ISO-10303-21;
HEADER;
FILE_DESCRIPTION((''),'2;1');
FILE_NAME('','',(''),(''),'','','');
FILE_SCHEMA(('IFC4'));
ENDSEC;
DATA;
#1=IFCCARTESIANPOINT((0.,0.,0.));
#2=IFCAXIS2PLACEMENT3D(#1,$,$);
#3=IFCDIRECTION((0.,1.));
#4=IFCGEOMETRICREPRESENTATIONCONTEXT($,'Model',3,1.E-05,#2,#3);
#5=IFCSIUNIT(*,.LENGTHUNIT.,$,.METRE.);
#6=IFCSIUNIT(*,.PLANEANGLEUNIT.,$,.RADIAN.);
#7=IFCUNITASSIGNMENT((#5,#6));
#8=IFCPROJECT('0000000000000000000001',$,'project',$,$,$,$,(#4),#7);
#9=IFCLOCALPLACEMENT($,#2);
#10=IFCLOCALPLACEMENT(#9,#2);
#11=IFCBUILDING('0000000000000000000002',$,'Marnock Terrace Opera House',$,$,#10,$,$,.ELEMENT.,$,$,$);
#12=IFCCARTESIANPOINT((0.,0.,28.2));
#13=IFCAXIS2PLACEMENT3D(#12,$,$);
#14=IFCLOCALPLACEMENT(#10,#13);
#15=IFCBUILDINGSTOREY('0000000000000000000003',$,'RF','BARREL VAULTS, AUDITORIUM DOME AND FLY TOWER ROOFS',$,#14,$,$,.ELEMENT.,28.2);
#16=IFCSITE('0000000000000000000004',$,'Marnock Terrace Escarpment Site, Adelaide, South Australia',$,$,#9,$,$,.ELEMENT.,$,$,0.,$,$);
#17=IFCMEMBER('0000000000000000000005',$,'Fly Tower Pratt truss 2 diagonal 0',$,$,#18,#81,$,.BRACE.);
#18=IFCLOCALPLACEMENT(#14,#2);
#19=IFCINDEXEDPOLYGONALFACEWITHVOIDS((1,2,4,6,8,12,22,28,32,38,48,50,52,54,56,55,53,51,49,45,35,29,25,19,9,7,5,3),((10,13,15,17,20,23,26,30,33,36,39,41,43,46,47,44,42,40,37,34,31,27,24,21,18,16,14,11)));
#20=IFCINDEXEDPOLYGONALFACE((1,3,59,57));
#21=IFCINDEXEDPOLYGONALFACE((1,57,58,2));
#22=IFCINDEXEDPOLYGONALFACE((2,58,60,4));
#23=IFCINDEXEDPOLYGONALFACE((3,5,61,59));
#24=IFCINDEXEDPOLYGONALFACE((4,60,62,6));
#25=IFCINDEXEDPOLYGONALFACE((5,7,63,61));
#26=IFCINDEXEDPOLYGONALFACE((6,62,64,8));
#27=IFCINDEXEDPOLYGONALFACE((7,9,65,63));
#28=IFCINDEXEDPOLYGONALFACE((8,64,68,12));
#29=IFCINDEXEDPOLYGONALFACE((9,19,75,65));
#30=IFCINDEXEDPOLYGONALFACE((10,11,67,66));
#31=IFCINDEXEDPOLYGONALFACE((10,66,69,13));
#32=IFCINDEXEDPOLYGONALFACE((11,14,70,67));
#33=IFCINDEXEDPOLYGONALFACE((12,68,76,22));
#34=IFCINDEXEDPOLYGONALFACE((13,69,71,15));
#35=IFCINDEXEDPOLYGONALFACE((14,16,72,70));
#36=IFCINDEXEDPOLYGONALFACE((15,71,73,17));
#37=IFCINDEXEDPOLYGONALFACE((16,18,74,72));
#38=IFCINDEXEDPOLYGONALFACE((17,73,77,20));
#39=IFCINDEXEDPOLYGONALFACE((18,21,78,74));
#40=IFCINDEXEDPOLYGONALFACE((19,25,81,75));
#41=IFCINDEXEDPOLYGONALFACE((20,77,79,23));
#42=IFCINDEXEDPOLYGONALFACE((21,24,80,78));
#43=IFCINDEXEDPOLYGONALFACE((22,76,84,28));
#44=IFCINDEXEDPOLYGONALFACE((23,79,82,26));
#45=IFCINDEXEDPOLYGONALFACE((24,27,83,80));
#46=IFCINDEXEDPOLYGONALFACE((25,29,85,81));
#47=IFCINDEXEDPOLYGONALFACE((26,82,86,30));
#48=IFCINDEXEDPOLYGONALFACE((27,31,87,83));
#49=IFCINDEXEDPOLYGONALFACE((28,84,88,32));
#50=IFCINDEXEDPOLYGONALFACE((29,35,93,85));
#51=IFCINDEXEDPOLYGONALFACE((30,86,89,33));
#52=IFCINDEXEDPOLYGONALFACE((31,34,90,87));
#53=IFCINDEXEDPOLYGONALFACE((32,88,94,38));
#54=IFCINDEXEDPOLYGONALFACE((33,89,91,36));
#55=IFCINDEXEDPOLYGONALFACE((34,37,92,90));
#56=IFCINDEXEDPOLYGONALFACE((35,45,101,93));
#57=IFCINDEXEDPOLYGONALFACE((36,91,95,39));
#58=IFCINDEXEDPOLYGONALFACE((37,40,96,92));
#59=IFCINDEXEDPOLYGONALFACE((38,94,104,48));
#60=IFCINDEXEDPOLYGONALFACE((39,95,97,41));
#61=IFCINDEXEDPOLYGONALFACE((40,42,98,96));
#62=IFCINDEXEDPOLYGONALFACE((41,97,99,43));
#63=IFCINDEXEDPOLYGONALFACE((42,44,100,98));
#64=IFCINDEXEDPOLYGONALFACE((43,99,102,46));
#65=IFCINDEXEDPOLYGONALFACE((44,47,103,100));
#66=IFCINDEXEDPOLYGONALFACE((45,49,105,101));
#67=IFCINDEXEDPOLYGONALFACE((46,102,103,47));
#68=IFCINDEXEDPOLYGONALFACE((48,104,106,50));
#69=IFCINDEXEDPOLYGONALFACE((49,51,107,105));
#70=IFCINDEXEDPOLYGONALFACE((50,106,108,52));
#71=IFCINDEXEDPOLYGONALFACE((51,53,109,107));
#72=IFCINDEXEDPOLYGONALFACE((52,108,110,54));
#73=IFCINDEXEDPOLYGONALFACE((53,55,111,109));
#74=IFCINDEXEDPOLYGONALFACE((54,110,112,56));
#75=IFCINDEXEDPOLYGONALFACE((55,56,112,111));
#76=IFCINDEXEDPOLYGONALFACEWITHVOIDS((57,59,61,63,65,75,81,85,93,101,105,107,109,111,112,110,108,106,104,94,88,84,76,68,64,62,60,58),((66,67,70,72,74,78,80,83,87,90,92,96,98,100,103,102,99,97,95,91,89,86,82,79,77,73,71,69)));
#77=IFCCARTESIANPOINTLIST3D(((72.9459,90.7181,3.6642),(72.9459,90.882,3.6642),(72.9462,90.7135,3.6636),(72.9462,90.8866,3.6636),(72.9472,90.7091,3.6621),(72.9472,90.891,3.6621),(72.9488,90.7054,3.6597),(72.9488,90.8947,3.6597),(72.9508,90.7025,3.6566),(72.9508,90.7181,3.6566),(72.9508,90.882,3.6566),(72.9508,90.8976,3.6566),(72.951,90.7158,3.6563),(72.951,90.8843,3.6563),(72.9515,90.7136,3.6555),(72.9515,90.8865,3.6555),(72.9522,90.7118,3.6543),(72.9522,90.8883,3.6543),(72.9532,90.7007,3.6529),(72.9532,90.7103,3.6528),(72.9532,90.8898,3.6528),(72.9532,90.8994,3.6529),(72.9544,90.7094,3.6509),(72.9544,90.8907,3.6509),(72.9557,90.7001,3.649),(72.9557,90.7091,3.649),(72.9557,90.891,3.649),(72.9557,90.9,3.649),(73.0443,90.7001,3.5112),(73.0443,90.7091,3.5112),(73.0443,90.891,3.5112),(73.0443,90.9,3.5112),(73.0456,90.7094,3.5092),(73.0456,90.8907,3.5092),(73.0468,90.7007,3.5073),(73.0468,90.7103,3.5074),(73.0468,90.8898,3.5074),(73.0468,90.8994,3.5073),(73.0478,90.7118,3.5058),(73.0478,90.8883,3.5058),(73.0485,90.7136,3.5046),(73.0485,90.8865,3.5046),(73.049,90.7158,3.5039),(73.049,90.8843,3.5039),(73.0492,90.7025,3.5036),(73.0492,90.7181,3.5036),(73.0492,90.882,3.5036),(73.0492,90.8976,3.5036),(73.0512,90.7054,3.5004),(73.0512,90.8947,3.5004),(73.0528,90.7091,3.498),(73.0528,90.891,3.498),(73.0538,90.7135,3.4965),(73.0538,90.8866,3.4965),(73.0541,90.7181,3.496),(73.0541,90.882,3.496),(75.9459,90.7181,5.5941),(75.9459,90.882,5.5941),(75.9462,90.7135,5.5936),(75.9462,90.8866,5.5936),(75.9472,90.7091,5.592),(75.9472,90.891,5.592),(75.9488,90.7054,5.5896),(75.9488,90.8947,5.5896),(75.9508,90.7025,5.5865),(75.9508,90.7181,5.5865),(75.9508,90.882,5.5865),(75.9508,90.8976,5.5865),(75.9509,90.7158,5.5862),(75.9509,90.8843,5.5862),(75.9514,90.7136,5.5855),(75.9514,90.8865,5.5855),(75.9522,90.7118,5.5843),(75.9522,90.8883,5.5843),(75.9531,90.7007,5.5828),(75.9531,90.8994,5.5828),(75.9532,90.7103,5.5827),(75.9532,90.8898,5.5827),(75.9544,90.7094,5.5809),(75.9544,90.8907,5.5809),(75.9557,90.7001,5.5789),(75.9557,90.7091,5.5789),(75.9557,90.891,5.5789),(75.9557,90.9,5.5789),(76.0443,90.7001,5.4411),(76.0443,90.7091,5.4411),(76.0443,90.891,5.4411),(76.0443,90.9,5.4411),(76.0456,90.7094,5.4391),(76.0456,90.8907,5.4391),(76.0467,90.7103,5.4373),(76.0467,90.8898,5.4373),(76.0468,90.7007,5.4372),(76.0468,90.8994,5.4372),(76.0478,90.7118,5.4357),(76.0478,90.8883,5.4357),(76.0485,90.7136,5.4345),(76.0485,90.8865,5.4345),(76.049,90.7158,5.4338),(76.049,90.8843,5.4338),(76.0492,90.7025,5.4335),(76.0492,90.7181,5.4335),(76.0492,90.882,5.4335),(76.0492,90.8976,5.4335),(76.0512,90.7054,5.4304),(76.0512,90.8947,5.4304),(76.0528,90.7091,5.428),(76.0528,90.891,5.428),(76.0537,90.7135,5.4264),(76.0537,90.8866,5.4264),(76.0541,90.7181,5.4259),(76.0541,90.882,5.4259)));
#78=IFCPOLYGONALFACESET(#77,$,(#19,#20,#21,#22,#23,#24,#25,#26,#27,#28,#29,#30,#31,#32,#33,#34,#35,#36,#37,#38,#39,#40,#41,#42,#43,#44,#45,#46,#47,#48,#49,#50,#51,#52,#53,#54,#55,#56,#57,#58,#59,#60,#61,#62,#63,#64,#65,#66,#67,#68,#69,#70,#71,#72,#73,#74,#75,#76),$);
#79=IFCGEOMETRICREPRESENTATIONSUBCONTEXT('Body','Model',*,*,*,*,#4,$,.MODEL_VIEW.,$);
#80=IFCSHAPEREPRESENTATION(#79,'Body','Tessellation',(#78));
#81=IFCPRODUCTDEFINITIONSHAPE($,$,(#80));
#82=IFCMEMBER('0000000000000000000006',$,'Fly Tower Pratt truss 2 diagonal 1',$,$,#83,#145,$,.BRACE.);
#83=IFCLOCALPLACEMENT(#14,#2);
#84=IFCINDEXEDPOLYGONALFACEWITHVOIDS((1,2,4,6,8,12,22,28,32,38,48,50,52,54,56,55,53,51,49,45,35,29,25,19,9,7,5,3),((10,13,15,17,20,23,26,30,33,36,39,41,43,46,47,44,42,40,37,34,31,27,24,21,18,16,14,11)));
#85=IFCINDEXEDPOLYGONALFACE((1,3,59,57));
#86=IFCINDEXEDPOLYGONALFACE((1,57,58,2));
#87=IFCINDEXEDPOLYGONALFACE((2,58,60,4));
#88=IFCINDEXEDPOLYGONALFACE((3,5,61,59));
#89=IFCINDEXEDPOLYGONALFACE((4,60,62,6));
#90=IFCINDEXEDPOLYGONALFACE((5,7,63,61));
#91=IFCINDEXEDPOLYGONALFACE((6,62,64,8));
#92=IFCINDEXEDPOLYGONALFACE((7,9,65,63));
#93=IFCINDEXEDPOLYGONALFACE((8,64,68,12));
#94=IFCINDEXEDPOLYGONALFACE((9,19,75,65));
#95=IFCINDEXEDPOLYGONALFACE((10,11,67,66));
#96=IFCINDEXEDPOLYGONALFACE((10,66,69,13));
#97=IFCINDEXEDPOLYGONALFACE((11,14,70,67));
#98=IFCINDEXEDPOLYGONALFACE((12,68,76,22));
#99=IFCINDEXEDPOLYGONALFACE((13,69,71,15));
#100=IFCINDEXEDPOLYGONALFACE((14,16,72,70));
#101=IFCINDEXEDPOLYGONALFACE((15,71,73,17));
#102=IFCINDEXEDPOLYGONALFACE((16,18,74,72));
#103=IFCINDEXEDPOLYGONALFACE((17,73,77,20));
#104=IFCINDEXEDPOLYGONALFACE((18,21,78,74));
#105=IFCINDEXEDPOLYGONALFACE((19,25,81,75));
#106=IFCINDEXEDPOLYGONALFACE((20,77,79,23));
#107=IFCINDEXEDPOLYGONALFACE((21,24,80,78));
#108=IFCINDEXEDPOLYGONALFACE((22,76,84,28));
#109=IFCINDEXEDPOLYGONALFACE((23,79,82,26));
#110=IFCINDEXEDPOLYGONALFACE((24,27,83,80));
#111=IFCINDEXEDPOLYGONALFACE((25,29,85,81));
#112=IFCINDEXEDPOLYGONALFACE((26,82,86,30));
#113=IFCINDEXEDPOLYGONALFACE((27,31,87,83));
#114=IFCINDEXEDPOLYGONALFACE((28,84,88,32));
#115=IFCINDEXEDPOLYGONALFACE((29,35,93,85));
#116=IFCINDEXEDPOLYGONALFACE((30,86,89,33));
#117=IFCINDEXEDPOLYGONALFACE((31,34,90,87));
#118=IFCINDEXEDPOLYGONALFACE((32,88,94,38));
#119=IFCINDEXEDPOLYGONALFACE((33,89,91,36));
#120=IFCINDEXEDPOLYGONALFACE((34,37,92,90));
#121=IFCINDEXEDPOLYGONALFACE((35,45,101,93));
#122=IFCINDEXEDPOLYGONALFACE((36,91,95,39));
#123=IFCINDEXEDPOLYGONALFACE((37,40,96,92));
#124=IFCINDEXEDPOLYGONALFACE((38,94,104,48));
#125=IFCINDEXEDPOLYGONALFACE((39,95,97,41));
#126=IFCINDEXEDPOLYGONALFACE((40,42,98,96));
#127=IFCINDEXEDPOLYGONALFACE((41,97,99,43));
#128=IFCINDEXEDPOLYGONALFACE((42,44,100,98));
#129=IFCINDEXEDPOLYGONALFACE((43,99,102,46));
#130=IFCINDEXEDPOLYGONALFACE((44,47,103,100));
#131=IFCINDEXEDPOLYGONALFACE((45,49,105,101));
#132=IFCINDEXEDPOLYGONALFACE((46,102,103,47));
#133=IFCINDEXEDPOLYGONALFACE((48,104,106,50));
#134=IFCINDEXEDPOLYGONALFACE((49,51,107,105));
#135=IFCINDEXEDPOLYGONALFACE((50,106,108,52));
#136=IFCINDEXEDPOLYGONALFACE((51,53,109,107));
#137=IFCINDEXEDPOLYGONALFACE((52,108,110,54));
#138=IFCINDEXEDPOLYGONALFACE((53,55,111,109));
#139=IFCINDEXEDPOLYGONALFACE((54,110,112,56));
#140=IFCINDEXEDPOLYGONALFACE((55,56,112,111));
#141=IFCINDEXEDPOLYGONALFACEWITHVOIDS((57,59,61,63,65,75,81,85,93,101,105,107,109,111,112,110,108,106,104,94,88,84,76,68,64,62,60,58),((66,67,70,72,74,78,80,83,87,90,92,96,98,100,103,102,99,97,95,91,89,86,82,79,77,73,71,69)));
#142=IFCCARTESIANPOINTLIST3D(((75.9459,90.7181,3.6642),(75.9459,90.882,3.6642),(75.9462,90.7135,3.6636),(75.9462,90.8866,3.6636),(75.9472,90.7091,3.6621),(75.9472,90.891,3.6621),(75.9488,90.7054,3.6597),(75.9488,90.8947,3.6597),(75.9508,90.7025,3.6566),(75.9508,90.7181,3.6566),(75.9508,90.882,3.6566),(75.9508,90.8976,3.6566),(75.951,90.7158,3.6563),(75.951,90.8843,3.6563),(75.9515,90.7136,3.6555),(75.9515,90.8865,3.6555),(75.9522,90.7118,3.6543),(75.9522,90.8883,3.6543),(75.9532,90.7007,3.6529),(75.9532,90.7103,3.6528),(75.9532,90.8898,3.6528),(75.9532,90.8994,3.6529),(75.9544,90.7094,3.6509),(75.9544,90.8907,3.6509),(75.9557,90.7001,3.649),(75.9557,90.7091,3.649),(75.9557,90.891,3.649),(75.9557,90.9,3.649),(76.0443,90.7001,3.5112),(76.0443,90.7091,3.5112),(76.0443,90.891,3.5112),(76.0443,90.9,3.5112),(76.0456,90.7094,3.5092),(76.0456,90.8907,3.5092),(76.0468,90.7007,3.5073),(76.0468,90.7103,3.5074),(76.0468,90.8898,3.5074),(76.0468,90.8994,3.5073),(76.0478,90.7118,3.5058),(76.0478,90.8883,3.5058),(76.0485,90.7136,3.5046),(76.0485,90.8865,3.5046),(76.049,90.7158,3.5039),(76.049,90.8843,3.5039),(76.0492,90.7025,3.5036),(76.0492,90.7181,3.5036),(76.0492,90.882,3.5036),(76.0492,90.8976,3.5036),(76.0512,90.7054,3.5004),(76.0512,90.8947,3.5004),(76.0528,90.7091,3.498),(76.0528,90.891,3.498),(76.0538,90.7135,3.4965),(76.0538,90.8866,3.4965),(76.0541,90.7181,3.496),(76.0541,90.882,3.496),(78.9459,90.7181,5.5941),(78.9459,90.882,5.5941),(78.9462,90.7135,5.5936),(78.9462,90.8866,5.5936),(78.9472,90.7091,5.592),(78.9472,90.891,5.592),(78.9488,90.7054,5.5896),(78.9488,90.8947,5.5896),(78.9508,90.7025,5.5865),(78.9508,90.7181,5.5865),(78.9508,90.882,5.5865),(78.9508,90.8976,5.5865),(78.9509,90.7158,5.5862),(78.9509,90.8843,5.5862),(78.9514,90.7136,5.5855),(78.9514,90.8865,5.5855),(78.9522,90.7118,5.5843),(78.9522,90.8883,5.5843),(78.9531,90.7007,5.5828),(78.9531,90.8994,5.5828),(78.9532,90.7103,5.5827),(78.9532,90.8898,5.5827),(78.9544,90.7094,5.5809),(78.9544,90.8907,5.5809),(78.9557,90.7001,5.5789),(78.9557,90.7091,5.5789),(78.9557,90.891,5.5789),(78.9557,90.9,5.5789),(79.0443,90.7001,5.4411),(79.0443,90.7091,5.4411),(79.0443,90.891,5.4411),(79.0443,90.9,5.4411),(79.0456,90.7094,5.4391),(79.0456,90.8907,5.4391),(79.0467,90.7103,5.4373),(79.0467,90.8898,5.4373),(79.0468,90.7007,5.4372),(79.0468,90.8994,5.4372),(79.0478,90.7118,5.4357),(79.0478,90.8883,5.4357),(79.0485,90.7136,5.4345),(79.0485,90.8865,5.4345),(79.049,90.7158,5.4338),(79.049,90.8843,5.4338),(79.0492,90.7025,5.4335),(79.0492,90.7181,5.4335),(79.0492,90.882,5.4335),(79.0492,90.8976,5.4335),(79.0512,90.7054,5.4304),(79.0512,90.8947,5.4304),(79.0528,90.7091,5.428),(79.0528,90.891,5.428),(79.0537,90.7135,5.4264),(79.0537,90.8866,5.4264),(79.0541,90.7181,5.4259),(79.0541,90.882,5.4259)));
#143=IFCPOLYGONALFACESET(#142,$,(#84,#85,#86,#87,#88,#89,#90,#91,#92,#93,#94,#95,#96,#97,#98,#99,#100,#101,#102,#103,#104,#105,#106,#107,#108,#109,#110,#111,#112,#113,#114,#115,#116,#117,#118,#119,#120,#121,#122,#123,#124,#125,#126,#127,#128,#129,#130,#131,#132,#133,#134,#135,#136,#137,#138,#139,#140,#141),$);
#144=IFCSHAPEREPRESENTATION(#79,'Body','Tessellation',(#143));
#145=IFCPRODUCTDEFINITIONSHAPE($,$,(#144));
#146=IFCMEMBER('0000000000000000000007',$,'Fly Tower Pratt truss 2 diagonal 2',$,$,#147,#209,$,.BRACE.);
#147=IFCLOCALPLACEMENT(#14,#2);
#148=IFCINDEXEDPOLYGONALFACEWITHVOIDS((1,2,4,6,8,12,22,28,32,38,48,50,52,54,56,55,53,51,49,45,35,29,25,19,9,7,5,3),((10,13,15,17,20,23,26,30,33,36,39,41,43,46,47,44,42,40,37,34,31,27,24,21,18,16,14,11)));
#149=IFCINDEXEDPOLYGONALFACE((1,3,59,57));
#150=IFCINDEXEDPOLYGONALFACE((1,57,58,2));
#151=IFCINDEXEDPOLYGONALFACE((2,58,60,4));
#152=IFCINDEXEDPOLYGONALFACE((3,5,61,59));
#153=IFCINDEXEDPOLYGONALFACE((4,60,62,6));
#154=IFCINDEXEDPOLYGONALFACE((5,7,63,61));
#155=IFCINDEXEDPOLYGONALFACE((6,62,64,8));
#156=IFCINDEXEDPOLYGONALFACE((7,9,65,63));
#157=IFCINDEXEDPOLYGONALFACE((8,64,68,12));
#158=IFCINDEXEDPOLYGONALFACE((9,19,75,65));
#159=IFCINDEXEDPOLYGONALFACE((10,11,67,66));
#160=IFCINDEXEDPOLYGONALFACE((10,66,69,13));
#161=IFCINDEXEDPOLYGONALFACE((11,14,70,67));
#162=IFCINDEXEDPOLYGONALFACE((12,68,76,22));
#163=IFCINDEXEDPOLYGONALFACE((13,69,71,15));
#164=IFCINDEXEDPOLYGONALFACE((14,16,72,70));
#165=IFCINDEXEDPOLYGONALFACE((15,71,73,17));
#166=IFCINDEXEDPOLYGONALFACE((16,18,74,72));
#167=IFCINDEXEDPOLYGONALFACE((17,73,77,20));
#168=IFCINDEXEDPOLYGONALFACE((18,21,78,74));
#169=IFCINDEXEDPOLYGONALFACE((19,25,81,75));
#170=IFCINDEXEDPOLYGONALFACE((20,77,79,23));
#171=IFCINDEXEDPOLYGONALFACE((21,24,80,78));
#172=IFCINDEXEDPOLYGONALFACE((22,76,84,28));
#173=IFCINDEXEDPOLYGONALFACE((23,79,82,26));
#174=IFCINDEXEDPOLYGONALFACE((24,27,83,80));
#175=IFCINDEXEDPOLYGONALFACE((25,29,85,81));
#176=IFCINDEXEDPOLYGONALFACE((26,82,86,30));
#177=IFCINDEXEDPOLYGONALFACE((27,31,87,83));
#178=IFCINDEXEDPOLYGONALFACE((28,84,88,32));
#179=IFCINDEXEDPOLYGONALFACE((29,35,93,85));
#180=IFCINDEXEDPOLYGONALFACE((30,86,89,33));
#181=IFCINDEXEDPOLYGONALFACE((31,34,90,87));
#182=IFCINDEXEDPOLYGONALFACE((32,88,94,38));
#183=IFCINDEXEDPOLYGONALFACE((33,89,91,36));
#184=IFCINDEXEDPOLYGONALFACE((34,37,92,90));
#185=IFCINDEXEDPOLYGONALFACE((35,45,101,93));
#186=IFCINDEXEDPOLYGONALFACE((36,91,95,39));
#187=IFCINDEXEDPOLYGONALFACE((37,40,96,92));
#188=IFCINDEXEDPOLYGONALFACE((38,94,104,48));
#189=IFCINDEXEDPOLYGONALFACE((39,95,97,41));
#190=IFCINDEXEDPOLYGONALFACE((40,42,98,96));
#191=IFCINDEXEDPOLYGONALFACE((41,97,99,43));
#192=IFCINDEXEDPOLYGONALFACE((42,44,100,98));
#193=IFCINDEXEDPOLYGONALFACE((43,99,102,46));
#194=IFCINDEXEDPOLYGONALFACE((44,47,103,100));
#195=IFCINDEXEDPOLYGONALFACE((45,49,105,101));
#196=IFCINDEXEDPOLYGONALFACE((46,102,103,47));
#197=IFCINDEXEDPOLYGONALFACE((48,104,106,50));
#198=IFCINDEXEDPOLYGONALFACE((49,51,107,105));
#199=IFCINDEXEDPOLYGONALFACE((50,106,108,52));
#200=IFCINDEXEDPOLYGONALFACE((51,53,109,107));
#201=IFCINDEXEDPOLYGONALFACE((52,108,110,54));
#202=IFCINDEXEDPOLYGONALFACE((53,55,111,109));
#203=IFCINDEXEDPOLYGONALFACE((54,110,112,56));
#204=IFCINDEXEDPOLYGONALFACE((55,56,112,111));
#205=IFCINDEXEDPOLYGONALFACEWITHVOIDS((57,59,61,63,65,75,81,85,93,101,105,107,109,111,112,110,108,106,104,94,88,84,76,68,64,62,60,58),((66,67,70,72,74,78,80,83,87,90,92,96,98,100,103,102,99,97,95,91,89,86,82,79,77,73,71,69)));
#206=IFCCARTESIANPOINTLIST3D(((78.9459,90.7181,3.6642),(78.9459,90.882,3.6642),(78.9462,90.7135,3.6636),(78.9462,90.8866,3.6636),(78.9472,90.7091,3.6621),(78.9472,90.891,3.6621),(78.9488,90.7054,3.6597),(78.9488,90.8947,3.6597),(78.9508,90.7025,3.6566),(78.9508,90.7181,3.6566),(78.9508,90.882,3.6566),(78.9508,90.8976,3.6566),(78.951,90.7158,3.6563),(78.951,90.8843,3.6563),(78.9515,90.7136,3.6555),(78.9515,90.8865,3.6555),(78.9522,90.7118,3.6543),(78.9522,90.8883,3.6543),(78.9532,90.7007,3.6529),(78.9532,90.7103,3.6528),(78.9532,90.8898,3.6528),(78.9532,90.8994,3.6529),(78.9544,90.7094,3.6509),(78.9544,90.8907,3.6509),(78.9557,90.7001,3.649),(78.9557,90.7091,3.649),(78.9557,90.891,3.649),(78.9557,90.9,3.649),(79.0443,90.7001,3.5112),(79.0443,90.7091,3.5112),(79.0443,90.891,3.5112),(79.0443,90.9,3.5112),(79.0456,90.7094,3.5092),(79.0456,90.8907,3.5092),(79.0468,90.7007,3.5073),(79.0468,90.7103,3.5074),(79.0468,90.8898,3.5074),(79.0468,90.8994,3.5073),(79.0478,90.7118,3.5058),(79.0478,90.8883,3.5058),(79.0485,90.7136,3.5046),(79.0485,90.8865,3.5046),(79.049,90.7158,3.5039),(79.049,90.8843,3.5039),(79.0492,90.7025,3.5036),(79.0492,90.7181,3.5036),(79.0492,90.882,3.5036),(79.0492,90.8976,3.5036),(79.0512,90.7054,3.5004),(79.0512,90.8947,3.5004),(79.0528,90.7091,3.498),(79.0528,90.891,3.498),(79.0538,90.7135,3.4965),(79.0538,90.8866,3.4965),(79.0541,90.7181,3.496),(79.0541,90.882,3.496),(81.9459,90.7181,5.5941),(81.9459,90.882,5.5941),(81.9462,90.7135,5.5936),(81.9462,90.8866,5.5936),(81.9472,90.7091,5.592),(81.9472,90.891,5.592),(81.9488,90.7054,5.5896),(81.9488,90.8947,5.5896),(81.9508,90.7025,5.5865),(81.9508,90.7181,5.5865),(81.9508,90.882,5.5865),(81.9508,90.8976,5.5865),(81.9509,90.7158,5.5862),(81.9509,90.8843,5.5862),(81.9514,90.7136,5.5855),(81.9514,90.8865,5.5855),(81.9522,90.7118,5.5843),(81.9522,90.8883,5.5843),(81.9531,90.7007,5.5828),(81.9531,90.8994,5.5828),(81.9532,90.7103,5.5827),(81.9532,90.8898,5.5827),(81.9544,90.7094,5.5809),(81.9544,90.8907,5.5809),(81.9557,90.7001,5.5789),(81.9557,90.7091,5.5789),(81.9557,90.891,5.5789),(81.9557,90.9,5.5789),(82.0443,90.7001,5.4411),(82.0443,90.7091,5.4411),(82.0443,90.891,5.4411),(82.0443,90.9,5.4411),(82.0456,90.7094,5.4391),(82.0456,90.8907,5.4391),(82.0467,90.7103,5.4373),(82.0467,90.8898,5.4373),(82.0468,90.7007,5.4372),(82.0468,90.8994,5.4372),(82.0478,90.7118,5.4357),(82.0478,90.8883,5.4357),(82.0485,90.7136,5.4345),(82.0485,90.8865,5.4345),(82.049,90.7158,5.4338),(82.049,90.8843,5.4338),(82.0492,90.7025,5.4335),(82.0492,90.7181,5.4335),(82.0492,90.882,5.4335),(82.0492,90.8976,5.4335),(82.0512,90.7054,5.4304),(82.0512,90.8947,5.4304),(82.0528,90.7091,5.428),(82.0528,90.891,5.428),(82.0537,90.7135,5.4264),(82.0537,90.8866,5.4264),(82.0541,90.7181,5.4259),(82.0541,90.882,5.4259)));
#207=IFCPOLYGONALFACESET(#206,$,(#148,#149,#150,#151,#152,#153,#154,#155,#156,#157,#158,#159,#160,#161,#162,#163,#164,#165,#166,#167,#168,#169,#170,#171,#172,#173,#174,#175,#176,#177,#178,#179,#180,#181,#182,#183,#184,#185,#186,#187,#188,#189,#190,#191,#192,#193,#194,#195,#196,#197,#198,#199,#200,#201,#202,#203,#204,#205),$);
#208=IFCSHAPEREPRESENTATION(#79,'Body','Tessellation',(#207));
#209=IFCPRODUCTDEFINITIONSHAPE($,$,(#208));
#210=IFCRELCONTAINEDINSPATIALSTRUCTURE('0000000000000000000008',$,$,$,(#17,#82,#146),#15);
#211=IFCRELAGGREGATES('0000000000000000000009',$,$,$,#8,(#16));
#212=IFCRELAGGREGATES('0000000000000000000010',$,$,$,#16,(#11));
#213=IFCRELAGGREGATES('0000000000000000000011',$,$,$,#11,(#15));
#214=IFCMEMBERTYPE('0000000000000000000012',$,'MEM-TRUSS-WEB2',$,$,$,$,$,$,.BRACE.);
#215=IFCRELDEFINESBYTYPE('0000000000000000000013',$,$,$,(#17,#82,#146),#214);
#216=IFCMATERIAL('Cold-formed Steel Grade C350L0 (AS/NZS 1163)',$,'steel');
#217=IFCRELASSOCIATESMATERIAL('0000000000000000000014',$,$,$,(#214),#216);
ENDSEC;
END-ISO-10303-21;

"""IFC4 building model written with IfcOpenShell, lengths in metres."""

from ifc_helpers import new_model, si_unit, direction, frame, origin, origin_2d, place, context, subcontext, project, spatial, hollow_rectangle, extrude, material, material_profile, profile_set, type_object, element, save


model = new_model("IFC4")

# Units and contexts
model_context = context("Model", 3, precision=1e-05, world=origin(), true_north=direction((0.0, 1.0)))
body_context = subcontext(model_context, "Body", "Model", "MODEL_VIEW")
ifc_project = project(units=[si_unit("LENGTHUNIT", "METRE"), si_unit("PLANEANGLEUNIT", "RADIAN")], contexts=[model_context])

# Site, building, storey
site_placement = place(None, origin())
site = spatial("IfcSite", under=ifc_project, at=site_placement, Name="Marnock Terrace Escarpment Site, Adelaide, South Australia", CompositionType="ELEMENT", RefElevation=0.0)
building_placement = place(site_placement, origin())
building = spatial("IfcBuilding", under=site, at=building_placement, Name="Marnock Terrace Opera House", CompositionType="ELEMENT")
storey_placement = place(building_placement, frame((0.0, 0.0, 28.2)))
storey = spatial("IfcBuildingStorey", under=building, at=storey_placement, Name="RF", Description="BARREL VAULTS, AUDITORIUM DOME AND FLY TOWER ROOFS", CompositionType="ELEMENT", Elevation=28.2)

# Members
ifc_material_1 = material(Name="Cold-formed Steel Grade C350L0 (AS/NZS 1163)", Category="steel")
ifc_material_profile_1 = material_profile(ifc_material_1, hollow_rectangle(XDim=0.2, YDim=0.2, WallThickness=0.009, InnerFilletRadius=0.009, OuterFilletRadius=0.0181, at=origin_2d()))
ifc_profile_set_1 = profile_set([ifc_material_profile_1], Name="Cold-formed Steel Grade C350L0 (AS/NZS 1163)")
member_type_1 = type_object("IfcMemberType", Name="MEM-TRUSS-WEB2", PredefinedType="BRACE", material=ifc_profile_set_1)
for number, where, z_axis, x_axis, name in (
    (1, (73.0, 90.8, 3.5801), (0.841005, 0.0, 0.541027), (0.0, 1.0, 0.0), "Fly Tower Pratt truss 2 diagonal 0"),
    (2, (76.0, 90.8, 3.5801), (0.841005, 0.0, 0.541027), (0.0, 1.0, 0.0), "Fly Tower Pratt truss 2 diagonal 1"),
    (3, (79.0, 90.8, 3.5801), (0.841005, 0.0, 0.541027), (0.0, 1.0, 0.0), "Fly Tower Pratt truss 2 diagonal 2"),
):
    element("IfcMember", number, at=place(storey_placement, frame(where, z_axis=z_axis, x_axis=x_axis)), inside=storey, type_object=member_type_1, Name=name, PredefinedType="BRACE", context=body_context, shape_type="SweptSolid", body=[
        extrude(hollow_rectangle(XDim=0.2, YDim=0.2, WallThickness=0.009, InnerFilletRadius=0.009, OuterFilletRadius=0.0181, at=origin_2d()), origin(), (0.0, 0.0, 1.0), 3.5671),
    ])

save(model, "model.ifc")
